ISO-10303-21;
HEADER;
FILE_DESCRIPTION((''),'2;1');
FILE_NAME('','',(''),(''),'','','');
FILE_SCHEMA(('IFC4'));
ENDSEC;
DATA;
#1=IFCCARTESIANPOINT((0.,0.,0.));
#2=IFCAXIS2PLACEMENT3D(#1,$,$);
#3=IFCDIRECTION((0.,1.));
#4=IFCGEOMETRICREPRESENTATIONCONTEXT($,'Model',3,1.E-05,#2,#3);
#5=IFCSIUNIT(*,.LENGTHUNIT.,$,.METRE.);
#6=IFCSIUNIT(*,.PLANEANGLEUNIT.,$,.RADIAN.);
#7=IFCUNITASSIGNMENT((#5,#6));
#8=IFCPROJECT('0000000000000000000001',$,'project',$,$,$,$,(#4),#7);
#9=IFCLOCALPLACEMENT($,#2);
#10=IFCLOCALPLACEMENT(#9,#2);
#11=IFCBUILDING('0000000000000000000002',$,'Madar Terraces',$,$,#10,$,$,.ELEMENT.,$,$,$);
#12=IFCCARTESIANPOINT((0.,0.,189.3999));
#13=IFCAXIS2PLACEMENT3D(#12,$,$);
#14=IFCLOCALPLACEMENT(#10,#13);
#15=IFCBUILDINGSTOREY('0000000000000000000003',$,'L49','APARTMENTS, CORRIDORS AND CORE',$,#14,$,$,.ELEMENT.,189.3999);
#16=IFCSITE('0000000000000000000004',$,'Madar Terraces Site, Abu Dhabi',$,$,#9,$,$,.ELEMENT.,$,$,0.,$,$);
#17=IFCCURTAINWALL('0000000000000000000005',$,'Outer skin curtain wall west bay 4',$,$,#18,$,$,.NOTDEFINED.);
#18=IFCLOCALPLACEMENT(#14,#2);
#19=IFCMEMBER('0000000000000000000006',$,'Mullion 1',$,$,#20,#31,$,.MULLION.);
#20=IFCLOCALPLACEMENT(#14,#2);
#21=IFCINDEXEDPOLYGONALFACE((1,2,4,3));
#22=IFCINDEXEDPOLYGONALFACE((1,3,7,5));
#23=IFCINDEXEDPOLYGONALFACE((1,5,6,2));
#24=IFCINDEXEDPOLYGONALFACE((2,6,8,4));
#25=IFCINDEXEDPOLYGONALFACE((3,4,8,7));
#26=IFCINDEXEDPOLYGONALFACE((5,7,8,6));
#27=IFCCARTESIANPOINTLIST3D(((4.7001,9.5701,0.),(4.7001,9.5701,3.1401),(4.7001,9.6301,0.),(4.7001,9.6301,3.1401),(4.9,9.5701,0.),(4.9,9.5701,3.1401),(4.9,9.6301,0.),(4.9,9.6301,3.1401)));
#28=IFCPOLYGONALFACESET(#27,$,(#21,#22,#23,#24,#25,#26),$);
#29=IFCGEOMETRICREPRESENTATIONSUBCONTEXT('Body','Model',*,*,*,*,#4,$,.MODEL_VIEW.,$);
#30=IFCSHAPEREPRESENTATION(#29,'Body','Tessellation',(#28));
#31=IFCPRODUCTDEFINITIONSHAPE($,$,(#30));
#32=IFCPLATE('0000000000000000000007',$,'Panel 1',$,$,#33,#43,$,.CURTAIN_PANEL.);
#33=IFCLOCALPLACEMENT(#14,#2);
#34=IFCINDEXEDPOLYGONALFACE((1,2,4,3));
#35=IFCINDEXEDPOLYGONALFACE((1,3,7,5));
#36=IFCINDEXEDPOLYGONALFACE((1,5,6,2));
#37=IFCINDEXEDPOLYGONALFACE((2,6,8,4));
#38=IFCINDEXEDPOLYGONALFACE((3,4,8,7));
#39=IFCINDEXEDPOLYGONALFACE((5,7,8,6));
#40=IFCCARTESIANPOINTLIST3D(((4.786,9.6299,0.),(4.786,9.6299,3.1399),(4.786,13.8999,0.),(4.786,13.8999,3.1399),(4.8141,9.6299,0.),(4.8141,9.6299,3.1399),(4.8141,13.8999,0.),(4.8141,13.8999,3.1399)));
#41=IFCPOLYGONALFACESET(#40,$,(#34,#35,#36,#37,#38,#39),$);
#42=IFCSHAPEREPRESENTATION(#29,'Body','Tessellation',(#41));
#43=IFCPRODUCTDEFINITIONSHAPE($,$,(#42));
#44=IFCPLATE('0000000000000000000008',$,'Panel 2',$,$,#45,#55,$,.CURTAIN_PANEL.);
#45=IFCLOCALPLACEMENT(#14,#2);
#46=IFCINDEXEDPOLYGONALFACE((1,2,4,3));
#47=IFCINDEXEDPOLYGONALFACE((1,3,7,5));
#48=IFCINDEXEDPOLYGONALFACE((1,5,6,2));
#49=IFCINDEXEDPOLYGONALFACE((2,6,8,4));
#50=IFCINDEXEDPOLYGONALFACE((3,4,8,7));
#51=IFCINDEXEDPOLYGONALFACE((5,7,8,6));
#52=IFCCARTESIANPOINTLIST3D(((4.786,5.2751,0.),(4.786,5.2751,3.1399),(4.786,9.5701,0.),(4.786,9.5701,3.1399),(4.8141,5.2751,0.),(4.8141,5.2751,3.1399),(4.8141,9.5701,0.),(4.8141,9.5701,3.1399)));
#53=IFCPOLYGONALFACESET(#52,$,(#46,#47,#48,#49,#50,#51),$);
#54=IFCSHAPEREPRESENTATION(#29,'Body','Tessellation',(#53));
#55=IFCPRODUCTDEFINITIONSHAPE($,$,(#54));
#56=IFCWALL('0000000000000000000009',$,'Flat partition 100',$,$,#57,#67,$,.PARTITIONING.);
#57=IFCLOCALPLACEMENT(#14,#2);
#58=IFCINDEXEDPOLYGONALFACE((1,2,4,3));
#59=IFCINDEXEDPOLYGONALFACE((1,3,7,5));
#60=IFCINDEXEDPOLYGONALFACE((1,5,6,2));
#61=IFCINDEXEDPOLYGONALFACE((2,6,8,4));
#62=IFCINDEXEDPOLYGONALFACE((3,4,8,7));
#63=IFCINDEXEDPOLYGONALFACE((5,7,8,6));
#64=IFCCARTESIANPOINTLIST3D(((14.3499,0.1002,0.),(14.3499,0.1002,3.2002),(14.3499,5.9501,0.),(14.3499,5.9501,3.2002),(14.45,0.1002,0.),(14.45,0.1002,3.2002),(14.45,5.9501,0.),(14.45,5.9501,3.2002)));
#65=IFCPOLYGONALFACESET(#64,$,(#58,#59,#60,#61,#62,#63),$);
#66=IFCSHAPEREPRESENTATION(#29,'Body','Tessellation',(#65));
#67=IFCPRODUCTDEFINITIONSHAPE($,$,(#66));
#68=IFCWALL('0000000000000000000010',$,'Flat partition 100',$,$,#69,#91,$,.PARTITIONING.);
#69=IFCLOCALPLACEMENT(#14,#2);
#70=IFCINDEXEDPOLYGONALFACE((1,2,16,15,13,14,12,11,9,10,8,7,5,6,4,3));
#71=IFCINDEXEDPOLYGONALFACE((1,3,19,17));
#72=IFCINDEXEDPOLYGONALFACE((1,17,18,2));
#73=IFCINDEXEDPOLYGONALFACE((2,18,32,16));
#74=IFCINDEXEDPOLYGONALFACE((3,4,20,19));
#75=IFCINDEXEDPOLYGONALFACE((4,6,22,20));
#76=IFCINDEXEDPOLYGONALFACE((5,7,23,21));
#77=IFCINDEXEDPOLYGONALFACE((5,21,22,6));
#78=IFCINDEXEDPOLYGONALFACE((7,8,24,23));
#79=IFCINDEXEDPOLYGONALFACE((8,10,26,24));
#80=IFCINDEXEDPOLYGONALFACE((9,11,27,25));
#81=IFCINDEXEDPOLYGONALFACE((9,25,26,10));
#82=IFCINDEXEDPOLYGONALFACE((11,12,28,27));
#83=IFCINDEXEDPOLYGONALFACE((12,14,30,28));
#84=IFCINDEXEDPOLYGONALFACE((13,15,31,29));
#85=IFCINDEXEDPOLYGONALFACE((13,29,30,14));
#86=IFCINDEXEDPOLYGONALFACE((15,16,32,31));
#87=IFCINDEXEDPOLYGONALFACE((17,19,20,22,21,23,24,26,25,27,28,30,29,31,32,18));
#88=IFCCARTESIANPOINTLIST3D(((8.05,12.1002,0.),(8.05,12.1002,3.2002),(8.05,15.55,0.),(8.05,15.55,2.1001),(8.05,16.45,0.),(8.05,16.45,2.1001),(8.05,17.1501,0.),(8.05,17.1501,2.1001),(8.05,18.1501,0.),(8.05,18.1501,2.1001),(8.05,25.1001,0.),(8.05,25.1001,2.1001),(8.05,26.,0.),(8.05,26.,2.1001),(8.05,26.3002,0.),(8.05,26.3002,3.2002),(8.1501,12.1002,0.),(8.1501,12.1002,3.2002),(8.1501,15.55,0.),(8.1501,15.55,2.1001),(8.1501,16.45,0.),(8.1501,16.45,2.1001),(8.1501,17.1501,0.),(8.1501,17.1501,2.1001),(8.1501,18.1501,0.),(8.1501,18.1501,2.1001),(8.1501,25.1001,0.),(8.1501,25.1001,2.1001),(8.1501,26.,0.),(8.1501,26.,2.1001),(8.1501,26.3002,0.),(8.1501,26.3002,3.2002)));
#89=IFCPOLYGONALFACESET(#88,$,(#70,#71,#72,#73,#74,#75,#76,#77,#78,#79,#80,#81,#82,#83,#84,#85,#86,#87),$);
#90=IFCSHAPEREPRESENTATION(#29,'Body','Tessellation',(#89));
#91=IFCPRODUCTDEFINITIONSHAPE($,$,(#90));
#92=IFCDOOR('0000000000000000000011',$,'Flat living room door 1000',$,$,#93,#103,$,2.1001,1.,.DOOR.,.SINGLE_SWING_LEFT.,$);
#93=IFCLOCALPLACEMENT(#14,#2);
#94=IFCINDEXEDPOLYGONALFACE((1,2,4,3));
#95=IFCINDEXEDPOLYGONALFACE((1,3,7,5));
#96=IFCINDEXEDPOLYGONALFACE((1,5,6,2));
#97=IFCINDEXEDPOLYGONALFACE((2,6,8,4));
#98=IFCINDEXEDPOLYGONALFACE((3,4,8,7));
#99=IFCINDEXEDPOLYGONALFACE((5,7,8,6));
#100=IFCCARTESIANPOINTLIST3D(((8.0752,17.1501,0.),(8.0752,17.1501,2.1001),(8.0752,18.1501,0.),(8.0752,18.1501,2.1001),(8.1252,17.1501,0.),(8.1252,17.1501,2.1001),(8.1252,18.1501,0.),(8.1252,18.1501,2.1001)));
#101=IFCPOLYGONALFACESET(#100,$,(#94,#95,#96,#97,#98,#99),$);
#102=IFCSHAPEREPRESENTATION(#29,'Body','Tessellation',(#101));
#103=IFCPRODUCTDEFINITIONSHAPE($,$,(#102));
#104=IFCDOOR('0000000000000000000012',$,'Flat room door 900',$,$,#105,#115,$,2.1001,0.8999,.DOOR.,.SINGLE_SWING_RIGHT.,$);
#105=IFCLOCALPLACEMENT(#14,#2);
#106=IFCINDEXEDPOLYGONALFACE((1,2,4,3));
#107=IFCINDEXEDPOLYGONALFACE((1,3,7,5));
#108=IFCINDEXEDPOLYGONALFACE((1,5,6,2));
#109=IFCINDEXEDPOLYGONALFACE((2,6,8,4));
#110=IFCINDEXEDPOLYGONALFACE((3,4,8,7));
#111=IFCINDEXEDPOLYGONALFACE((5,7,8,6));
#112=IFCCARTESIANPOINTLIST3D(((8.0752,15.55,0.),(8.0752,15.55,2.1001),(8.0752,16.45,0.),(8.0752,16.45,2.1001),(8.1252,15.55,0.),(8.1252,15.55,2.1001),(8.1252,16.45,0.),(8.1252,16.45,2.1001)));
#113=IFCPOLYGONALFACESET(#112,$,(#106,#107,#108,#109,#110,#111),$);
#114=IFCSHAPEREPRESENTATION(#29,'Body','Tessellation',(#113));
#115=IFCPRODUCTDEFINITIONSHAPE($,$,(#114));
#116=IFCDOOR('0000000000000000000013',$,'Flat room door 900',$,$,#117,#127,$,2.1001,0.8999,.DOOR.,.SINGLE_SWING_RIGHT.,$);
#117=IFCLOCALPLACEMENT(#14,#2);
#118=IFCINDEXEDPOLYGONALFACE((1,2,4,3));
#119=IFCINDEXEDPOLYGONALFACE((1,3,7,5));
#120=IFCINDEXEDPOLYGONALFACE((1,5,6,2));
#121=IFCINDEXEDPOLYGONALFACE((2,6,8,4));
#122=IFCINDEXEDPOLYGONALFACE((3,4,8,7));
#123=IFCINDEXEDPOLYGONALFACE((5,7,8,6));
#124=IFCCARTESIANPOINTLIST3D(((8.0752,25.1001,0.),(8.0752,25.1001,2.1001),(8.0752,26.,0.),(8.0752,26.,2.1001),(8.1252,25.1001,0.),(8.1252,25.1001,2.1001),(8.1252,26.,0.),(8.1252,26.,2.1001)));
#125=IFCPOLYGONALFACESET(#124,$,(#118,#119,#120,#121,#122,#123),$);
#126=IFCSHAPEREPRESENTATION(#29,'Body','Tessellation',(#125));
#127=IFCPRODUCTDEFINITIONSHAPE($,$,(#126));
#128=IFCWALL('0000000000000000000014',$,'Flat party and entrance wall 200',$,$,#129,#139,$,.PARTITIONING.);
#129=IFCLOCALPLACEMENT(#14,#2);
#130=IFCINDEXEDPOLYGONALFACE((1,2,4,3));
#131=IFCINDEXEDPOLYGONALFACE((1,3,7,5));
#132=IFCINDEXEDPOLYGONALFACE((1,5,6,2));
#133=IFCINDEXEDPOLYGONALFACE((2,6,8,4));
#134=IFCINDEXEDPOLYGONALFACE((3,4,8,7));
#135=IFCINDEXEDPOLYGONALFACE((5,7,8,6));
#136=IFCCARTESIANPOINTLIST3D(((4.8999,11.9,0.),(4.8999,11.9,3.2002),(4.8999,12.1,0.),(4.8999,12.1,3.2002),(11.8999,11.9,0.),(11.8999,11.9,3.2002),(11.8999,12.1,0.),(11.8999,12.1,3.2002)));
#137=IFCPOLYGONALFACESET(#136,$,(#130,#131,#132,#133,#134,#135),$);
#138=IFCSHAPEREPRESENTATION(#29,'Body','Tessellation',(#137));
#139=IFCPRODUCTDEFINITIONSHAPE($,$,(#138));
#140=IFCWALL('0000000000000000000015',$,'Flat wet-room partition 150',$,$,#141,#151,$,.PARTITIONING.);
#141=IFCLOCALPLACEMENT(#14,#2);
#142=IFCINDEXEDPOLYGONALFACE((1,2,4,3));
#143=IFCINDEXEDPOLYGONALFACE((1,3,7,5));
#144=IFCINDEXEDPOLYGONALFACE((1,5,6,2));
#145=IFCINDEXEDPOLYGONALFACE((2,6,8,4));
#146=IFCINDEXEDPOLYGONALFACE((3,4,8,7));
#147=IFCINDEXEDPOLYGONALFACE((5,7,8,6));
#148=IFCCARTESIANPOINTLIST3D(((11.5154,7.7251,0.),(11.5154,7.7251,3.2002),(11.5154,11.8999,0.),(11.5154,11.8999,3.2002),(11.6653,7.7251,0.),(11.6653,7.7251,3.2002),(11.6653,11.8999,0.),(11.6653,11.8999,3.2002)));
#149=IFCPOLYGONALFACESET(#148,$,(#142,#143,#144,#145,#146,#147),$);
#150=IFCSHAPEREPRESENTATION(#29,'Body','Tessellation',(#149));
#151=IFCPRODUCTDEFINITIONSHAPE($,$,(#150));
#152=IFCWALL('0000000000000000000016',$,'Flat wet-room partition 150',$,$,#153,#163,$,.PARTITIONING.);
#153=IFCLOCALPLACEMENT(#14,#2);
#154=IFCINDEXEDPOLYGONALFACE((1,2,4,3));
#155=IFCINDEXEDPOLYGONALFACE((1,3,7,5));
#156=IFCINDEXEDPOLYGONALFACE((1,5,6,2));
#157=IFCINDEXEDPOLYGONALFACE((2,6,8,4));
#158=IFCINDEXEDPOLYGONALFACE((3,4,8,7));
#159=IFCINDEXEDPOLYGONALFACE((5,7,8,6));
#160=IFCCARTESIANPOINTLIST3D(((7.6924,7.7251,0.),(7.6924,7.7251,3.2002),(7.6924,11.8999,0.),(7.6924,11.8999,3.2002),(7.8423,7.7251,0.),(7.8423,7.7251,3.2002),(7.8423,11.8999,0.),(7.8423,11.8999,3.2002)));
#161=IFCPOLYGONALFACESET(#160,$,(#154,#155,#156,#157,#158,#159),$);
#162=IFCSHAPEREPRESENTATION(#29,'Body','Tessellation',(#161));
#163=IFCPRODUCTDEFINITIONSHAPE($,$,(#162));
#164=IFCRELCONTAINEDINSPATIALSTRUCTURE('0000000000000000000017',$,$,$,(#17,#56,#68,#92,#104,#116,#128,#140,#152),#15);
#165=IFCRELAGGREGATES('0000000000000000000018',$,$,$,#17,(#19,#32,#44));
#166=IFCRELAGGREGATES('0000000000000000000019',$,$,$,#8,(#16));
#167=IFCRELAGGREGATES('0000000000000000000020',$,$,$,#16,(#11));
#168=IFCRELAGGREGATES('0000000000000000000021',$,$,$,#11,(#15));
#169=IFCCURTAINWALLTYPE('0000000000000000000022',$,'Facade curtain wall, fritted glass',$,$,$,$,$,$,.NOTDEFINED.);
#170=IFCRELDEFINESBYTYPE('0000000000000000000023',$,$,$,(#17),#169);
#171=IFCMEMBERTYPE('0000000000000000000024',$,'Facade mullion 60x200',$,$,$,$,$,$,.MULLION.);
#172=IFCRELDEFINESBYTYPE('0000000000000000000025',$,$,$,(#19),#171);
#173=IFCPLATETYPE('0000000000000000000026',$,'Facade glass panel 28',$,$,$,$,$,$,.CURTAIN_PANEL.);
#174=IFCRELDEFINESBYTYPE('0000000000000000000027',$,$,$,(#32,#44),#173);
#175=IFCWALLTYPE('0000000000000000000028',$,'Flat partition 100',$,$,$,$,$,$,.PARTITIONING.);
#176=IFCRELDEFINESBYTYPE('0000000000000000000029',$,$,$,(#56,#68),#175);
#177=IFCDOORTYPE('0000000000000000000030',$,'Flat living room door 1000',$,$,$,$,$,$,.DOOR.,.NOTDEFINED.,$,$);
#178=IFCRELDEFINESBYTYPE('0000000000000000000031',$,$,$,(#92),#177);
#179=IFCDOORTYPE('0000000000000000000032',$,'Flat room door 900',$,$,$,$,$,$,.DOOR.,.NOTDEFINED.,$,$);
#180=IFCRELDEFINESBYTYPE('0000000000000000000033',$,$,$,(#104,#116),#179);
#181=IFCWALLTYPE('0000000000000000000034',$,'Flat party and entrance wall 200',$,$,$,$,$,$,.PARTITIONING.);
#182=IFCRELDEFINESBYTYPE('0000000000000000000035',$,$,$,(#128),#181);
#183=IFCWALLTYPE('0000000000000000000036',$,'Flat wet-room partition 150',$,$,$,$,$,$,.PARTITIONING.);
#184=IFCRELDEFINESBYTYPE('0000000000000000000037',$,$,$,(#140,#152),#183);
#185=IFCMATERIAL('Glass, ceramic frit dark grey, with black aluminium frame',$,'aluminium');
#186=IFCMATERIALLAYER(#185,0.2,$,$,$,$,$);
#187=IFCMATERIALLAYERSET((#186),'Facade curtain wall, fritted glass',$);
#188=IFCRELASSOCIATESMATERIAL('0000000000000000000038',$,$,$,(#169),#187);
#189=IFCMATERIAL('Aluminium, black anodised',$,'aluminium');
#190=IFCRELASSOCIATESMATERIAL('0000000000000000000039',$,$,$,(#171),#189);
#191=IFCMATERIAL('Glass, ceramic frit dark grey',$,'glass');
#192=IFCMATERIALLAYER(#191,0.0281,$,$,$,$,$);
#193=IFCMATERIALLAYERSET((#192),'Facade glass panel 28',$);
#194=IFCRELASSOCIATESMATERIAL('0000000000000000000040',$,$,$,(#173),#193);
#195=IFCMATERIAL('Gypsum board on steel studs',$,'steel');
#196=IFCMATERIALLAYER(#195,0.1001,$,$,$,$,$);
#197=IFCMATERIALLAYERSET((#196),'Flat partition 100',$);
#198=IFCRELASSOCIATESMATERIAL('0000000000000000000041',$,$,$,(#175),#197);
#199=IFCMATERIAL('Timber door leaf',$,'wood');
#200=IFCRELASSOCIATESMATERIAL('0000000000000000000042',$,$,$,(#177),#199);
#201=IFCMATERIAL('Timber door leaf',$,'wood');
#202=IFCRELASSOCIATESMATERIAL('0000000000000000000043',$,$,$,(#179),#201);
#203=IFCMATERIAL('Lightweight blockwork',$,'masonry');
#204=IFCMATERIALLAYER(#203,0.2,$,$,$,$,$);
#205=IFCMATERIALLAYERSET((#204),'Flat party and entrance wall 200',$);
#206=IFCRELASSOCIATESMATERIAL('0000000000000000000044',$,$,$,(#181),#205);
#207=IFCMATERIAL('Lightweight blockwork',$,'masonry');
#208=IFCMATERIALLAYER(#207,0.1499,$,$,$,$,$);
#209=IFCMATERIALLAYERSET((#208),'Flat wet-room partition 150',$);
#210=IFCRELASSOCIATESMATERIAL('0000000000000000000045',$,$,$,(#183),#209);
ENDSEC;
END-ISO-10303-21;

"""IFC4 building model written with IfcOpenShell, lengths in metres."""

from ifc_helpers import new_model, si_unit, direction, frame, frame_2d, origin, origin_2d, place, context, subcontext, project, spatial, rectangle, extrude, material, layer, layer_set, material_profile, profile_set, type_object, element, fill, aggregate, save


model = new_model("IFC4")

# Units and contexts
model_context = context("Model", 3, precision=1e-05, world=origin(), true_north=direction((0.0, 1.0)))
body_context = subcontext(model_context, "Body", "Model", "MODEL_VIEW")
ifc_project = project(units=[si_unit("LENGTHUNIT", "METRE"), si_unit("PLANEANGLEUNIT", "RADIAN")], contexts=[model_context])

# Site, building, storey
site_placement = place(None, origin())
site = spatial("IfcSite", under=ifc_project, at=site_placement, Name="Madar Terraces Site, Abu Dhabi", CompositionType="ELEMENT", RefElevation=0.0)
building_placement = place(site_placement, origin())
building = spatial("IfcBuilding", under=site, at=building_placement, Name="Madar Terraces", CompositionType="ELEMENT")
storey_placement = place(building_placement, frame((0.0, 0.0, 189.3999)))
storey = spatial("IfcBuildingStorey", under=building, at=storey_placement, Name="L49", Description="APARTMENTS, CORRIDORS AND CORE", CompositionType="ELEMENT", Elevation=189.3999)

# Curtain wall, member, plates
ifc_material_1 = material(Name="Glass, ceramic frit dark grey, with black aluminium frame", Category="aluminium")
ifc_layer_1 = layer(ifc_material_1, 0.2)
ifc_layer_set_1 = layer_set([ifc_layer_1], Name="Facade curtain wall, fritted glass")
curtain_wall_type = type_object("IfcCurtainWallType", Name="Facade curtain wall, fritted glass", PredefinedType="NOTDEFINED", material=ifc_layer_set_1)
curtain_wall_placement = place(storey_placement, origin())
curtain_wall = element("IfcCurtainWall", 1, at=curtain_wall_placement, inside=storey, type_object=curtain_wall_type, Name="Outer skin curtain wall west bay 4", PredefinedType="NOTDEFINED")
ifc_material_2 = material(Name="Aluminium, black anodised", Category="aluminium")
ifc_material_profile = material_profile(ifc_material_2, rectangle(XDim=0.2, YDim=0.0601, at=origin_2d()), Name="Facade mullion 60x200")
ifc_profile_set = profile_set([ifc_material_profile], Name="Aluminium, black anodised")
member_type = type_object("IfcMemberType", Name="Facade mullion 60x200", PredefinedType="MULLION", material=ifc_profile_set)
member_placement = place(storey_placement, frame((4.8, 9.6001, 0.0), z_axis=(0.0, 0.0, 1.0), x_axis=(1.0, 0.0, 0.0)))
member = element("IfcMember", 2, at=member_placement, type_object=member_type, Name="Mullion 1", PredefinedType="MULLION", context=body_context, shape_type="SweptSolid", body=[
    extrude(rectangle(XDim=0.2, YDim=0.0601, at=origin_2d()), origin(), (0.0, 0.0, 1.0), 3.1401),
])
ifc_material_3 = material(Name="Glass, ceramic frit dark grey", Category="glass")
ifc_layer_2 = layer(ifc_material_3, 0.0281)
ifc_layer_set_2 = layer_set([ifc_layer_2], Name="Facade glass panel 28")
plate_type = type_object("IfcPlateType", Name="Facade glass panel 28", PredefinedType="CURTAIN_PANEL", material=ifc_layer_set_2)
plate_1_placement = place(storey_placement, frame((4.8, 11.7649, 0.0), z_axis=(0.0, 0.0, 1.0), x_axis=(0.0, -1.0, 0.0)))
plate_1 = element("IfcPlate", 3, at=plate_1_placement, type_object=plate_type, Name="Panel 1", PredefinedType="CURTAIN_PANEL", context=body_context, shape_type="SweptSolid", body=[
    extrude(rectangle(XDim=4.27, YDim=0.0281, at=origin_2d()), origin(), (0.0, 0.0, 1.0), 3.1399),
])
plate_2_placement = place(storey_placement, frame((4.8, 7.4226, 0.0), z_axis=(0.0, 0.0, 1.0), x_axis=(0.0, -1.0, 0.0)))
plate_2 = element("IfcPlate", 4, at=plate_2_placement, type_object=plate_type, Name="Panel 2", PredefinedType="CURTAIN_PANEL", context=body_context, shape_type="SweptSolid", body=[
    extrude(rectangle(XDim=4.2949, YDim=0.0281, at=origin_2d()), origin(), (0.0, 0.0, 1.0), 3.1399),
])
aggregate(curtain_wall, [member, plate_1, plate_2])

# Wall
ifc_material_4 = material(Name="Gypsum board on steel studs", Category="steel")
ifc_layer_3 = layer(ifc_material_4, 0.1001)
ifc_layer_set_3 = layer_set([ifc_layer_3], Name="Flat partition 100")
wall_type_1 = type_object("IfcWallType", Name="Flat partition 100", PredefinedType="PARTITIONING", material=ifc_layer_set_3)
wall_1_placement = place(storey_placement, frame((14.3999, 5.95, 0.0), z_axis=(0.0, 0.0, 1.0), x_axis=(0.0, -1.0, 0.0)))
element("IfcWall", 5, at=wall_1_placement, inside=storey, type_object=wall_type_1, Name="Flat partition 100", PredefinedType="PARTITIONING", context=body_context, shape_type="SweptSolid", body=[
    extrude(rectangle(XDim=5.8499, YDim=0.1001, at=frame_2d((2.9248, 0.0))), origin(), (0.0, 0.0, 1.0), 3.2002),
])

# Wall, openings, doors
wall_2_placement = place(storey_placement, frame((8.1001, 12.1001, 0.0), z_axis=(0.0, 0.0, 1.0), x_axis=(0.0, 1.0, 0.0)))
wall_2 = element("IfcWall", 6, at=wall_2_placement, inside=storey, type_object=wall_type_1, Name="Flat partition 100", PredefinedType="PARTITIONING", context=body_context, shape_type="SweptSolid", body=[
    extrude(rectangle(XDim=14.2, YDim=0.1001, at=frame_2d((7.1001, 0.0))), origin(), (0.0, 0.0, 1.0), 3.2002),
])
opening_1_placement = place(wall_2_placement, frame((3.45, 0.0, 0.0)))
opening_1 = element("IfcOpeningElement", 7, at=opening_1_placement, cuts=wall_2, PredefinedType="OPENING", context=body_context, shape_type="SweptSolid", body=[
    extrude(rectangle(XDim=0.8999, YDim=2.1001, at=frame_2d((0.45, 1.05))), frame((0.0, 0.0601, 0.0), z_axis=(0.0, -1.0, 0.0), x_axis=(1.0, 0.0, 0.0)), (0.0, 0.0, 1.0), 0.1201),
])
opening_2_placement = place(wall_2_placement, frame((5.05, 0.0, 0.0)))
opening_2 = element("IfcOpeningElement", 8, at=opening_2_placement, cuts=wall_2, PredefinedType="OPENING", context=body_context, shape_type="SweptSolid", body=[
    extrude(rectangle(XDim=1.0, YDim=2.1001, at=frame_2d((0.5, 1.05))), frame((0.0, 0.0601, 0.0), z_axis=(0.0, -1.0, 0.0), x_axis=(1.0, 0.0, 0.0)), (0.0, 0.0, 1.0), 0.1201),
])
opening_3_placement = place(wall_2_placement, frame((13.0, 0.0, 0.0)))
opening_3 = element("IfcOpeningElement", 9, at=opening_3_placement, cuts=wall_2, PredefinedType="OPENING", context=body_context, shape_type="SweptSolid", body=[
    extrude(rectangle(XDim=0.8999, YDim=2.1001, at=frame_2d((0.45, 1.05))), frame((0.0, 0.0601, 0.0), z_axis=(0.0, -1.0, 0.0), x_axis=(1.0, 0.0, 0.0)), (0.0, 0.0, 1.0), 0.1201),
])
ifc_material_5 = material(Name="Timber door leaf", Category="wood")
door_type_1 = type_object("IfcDoorType", Name="Flat living room door 1000", OperationType="NOTDEFINED", PredefinedType="DOOR", material=ifc_material_5)
door_1_placement = place(opening_2_placement, origin())
door_1 = element("IfcDoor", 10, at=door_1_placement, inside=storey, type_object=door_type_1, Name="Flat living room door 1000", OperationType="SINGLE_SWING_LEFT", OverallHeight=2.1001, OverallWidth=1.0, PredefinedType="DOOR", context=body_context, shape_type="SweptSolid", body=[
    extrude(rectangle(XDim=1.0, YDim=2.1001, at=frame_2d((0.5, 1.05))), frame((0.0, 0.0249, 0.0), z_axis=(0.0, -1.0, 0.0), x_axis=(1.0, 0.0, 0.0)), (0.0, 0.0, 1.0), 0.05),
])
fill(opening_2, door_1)
ifc_material_6 = material(Name="Timber door leaf", Category="wood")
door_type_2 = type_object("IfcDoorType", Name="Flat room door 900", OperationType="NOTDEFINED", PredefinedType="DOOR", material=ifc_material_6)
door_2_placement = place(opening_1_placement, origin())
door_2 = element("IfcDoor", 11, at=door_2_placement, inside=storey, type_object=door_type_2, Name="Flat room door 900", OperationType="SINGLE_SWING_RIGHT", OverallHeight=2.1001, OverallWidth=0.8999, PredefinedType="DOOR", context=body_context, shape_type="SweptSolid", body=[
    extrude(rectangle(XDim=0.8999, YDim=2.1001, at=frame_2d((0.45, 1.05))), frame((0.0, 0.0249, 0.0), z_axis=(0.0, -1.0, 0.0), x_axis=(1.0, 0.0, 0.0)), (0.0, 0.0, 1.0), 0.05),
])
fill(opening_1, door_2)
door_3_placement = place(opening_3_placement, origin())
door_3 = element("IfcDoor", 12, at=door_3_placement, inside=storey, type_object=door_type_2, Name="Flat room door 900", OperationType="SINGLE_SWING_RIGHT", OverallHeight=2.1001, OverallWidth=0.8999, PredefinedType="DOOR", context=body_context, shape_type="SweptSolid", body=[
    extrude(rectangle(XDim=0.8999, YDim=2.1001, at=frame_2d((0.45, 1.05))), frame((0.0, 0.0249, 0.0), z_axis=(0.0, -1.0, 0.0), x_axis=(1.0, 0.0, 0.0)), (0.0, 0.0, 1.0), 0.05),
])
fill(opening_3, door_3)

# Walls
ifc_material_7 = material(Name="Lightweight blockwork", Category="masonry")
ifc_layer_4 = layer(ifc_material_7, 0.2)
ifc_layer_set_4 = layer_set([ifc_layer_4], Name="Flat party and entrance wall 200")
wall_type_2 = type_object("IfcWallType", Name="Flat party and entrance wall 200", PredefinedType="PARTITIONING", material=ifc_layer_set_4)
wall_3_placement = place(storey_placement, frame((4.8999, 12.0, 0.0), z_axis=(0.0, 0.0, 1.0), x_axis=(1.0, 0.0, 0.0)))
element("IfcWall", 13, at=wall_3_placement, inside=storey, type_object=wall_type_2, Name="Flat party and entrance wall 200", PredefinedType="PARTITIONING", context=body_context, shape_type="SweptSolid", body=[
    extrude(rectangle(XDim=7.0, YDim=0.2, at=frame_2d((3.5, 0.0))), origin(), (0.0, 0.0, 1.0), 3.2002),
])
ifc_material_8 = material(Name="Lightweight blockwork", Category="masonry")
ifc_layer_5 = layer(ifc_material_8, 0.1499)
ifc_layer_set_5 = layer_set([ifc_layer_5], Name="Flat wet-room partition 150")
wall_type_3 = type_object("IfcWallType", Name="Flat wet-room partition 150", PredefinedType="PARTITIONING", material=ifc_layer_set_5)
for number, where, z_axis, x_axis, name in (
    (14, (11.5903, 11.8999, 0.0), (0.0, 0.0, 1.0), (0.0, -1.0, 0.0), "Flat wet-room partition 150"),
    (15, (7.7673, 11.8999, 0.0), (0.0, 0.0, 1.0), (0.0, -1.0, 0.0), "Flat wet-room partition 150"),
):
    element("IfcWall", number, at=place(storey_placement, frame(where, z_axis=z_axis, x_axis=x_axis)), inside=storey, type_object=wall_type_3, Name=name, PredefinedType="PARTITIONING", context=body_context, shape_type="SweptSolid", body=[
        extrude(rectangle(XDim=4.1748, YDim=0.1499, at=frame_2d((2.0874, 0.0))), origin(), (0.0, 0.0, 1.0), 3.2002),
    ])

save(model, "model.ifc")
